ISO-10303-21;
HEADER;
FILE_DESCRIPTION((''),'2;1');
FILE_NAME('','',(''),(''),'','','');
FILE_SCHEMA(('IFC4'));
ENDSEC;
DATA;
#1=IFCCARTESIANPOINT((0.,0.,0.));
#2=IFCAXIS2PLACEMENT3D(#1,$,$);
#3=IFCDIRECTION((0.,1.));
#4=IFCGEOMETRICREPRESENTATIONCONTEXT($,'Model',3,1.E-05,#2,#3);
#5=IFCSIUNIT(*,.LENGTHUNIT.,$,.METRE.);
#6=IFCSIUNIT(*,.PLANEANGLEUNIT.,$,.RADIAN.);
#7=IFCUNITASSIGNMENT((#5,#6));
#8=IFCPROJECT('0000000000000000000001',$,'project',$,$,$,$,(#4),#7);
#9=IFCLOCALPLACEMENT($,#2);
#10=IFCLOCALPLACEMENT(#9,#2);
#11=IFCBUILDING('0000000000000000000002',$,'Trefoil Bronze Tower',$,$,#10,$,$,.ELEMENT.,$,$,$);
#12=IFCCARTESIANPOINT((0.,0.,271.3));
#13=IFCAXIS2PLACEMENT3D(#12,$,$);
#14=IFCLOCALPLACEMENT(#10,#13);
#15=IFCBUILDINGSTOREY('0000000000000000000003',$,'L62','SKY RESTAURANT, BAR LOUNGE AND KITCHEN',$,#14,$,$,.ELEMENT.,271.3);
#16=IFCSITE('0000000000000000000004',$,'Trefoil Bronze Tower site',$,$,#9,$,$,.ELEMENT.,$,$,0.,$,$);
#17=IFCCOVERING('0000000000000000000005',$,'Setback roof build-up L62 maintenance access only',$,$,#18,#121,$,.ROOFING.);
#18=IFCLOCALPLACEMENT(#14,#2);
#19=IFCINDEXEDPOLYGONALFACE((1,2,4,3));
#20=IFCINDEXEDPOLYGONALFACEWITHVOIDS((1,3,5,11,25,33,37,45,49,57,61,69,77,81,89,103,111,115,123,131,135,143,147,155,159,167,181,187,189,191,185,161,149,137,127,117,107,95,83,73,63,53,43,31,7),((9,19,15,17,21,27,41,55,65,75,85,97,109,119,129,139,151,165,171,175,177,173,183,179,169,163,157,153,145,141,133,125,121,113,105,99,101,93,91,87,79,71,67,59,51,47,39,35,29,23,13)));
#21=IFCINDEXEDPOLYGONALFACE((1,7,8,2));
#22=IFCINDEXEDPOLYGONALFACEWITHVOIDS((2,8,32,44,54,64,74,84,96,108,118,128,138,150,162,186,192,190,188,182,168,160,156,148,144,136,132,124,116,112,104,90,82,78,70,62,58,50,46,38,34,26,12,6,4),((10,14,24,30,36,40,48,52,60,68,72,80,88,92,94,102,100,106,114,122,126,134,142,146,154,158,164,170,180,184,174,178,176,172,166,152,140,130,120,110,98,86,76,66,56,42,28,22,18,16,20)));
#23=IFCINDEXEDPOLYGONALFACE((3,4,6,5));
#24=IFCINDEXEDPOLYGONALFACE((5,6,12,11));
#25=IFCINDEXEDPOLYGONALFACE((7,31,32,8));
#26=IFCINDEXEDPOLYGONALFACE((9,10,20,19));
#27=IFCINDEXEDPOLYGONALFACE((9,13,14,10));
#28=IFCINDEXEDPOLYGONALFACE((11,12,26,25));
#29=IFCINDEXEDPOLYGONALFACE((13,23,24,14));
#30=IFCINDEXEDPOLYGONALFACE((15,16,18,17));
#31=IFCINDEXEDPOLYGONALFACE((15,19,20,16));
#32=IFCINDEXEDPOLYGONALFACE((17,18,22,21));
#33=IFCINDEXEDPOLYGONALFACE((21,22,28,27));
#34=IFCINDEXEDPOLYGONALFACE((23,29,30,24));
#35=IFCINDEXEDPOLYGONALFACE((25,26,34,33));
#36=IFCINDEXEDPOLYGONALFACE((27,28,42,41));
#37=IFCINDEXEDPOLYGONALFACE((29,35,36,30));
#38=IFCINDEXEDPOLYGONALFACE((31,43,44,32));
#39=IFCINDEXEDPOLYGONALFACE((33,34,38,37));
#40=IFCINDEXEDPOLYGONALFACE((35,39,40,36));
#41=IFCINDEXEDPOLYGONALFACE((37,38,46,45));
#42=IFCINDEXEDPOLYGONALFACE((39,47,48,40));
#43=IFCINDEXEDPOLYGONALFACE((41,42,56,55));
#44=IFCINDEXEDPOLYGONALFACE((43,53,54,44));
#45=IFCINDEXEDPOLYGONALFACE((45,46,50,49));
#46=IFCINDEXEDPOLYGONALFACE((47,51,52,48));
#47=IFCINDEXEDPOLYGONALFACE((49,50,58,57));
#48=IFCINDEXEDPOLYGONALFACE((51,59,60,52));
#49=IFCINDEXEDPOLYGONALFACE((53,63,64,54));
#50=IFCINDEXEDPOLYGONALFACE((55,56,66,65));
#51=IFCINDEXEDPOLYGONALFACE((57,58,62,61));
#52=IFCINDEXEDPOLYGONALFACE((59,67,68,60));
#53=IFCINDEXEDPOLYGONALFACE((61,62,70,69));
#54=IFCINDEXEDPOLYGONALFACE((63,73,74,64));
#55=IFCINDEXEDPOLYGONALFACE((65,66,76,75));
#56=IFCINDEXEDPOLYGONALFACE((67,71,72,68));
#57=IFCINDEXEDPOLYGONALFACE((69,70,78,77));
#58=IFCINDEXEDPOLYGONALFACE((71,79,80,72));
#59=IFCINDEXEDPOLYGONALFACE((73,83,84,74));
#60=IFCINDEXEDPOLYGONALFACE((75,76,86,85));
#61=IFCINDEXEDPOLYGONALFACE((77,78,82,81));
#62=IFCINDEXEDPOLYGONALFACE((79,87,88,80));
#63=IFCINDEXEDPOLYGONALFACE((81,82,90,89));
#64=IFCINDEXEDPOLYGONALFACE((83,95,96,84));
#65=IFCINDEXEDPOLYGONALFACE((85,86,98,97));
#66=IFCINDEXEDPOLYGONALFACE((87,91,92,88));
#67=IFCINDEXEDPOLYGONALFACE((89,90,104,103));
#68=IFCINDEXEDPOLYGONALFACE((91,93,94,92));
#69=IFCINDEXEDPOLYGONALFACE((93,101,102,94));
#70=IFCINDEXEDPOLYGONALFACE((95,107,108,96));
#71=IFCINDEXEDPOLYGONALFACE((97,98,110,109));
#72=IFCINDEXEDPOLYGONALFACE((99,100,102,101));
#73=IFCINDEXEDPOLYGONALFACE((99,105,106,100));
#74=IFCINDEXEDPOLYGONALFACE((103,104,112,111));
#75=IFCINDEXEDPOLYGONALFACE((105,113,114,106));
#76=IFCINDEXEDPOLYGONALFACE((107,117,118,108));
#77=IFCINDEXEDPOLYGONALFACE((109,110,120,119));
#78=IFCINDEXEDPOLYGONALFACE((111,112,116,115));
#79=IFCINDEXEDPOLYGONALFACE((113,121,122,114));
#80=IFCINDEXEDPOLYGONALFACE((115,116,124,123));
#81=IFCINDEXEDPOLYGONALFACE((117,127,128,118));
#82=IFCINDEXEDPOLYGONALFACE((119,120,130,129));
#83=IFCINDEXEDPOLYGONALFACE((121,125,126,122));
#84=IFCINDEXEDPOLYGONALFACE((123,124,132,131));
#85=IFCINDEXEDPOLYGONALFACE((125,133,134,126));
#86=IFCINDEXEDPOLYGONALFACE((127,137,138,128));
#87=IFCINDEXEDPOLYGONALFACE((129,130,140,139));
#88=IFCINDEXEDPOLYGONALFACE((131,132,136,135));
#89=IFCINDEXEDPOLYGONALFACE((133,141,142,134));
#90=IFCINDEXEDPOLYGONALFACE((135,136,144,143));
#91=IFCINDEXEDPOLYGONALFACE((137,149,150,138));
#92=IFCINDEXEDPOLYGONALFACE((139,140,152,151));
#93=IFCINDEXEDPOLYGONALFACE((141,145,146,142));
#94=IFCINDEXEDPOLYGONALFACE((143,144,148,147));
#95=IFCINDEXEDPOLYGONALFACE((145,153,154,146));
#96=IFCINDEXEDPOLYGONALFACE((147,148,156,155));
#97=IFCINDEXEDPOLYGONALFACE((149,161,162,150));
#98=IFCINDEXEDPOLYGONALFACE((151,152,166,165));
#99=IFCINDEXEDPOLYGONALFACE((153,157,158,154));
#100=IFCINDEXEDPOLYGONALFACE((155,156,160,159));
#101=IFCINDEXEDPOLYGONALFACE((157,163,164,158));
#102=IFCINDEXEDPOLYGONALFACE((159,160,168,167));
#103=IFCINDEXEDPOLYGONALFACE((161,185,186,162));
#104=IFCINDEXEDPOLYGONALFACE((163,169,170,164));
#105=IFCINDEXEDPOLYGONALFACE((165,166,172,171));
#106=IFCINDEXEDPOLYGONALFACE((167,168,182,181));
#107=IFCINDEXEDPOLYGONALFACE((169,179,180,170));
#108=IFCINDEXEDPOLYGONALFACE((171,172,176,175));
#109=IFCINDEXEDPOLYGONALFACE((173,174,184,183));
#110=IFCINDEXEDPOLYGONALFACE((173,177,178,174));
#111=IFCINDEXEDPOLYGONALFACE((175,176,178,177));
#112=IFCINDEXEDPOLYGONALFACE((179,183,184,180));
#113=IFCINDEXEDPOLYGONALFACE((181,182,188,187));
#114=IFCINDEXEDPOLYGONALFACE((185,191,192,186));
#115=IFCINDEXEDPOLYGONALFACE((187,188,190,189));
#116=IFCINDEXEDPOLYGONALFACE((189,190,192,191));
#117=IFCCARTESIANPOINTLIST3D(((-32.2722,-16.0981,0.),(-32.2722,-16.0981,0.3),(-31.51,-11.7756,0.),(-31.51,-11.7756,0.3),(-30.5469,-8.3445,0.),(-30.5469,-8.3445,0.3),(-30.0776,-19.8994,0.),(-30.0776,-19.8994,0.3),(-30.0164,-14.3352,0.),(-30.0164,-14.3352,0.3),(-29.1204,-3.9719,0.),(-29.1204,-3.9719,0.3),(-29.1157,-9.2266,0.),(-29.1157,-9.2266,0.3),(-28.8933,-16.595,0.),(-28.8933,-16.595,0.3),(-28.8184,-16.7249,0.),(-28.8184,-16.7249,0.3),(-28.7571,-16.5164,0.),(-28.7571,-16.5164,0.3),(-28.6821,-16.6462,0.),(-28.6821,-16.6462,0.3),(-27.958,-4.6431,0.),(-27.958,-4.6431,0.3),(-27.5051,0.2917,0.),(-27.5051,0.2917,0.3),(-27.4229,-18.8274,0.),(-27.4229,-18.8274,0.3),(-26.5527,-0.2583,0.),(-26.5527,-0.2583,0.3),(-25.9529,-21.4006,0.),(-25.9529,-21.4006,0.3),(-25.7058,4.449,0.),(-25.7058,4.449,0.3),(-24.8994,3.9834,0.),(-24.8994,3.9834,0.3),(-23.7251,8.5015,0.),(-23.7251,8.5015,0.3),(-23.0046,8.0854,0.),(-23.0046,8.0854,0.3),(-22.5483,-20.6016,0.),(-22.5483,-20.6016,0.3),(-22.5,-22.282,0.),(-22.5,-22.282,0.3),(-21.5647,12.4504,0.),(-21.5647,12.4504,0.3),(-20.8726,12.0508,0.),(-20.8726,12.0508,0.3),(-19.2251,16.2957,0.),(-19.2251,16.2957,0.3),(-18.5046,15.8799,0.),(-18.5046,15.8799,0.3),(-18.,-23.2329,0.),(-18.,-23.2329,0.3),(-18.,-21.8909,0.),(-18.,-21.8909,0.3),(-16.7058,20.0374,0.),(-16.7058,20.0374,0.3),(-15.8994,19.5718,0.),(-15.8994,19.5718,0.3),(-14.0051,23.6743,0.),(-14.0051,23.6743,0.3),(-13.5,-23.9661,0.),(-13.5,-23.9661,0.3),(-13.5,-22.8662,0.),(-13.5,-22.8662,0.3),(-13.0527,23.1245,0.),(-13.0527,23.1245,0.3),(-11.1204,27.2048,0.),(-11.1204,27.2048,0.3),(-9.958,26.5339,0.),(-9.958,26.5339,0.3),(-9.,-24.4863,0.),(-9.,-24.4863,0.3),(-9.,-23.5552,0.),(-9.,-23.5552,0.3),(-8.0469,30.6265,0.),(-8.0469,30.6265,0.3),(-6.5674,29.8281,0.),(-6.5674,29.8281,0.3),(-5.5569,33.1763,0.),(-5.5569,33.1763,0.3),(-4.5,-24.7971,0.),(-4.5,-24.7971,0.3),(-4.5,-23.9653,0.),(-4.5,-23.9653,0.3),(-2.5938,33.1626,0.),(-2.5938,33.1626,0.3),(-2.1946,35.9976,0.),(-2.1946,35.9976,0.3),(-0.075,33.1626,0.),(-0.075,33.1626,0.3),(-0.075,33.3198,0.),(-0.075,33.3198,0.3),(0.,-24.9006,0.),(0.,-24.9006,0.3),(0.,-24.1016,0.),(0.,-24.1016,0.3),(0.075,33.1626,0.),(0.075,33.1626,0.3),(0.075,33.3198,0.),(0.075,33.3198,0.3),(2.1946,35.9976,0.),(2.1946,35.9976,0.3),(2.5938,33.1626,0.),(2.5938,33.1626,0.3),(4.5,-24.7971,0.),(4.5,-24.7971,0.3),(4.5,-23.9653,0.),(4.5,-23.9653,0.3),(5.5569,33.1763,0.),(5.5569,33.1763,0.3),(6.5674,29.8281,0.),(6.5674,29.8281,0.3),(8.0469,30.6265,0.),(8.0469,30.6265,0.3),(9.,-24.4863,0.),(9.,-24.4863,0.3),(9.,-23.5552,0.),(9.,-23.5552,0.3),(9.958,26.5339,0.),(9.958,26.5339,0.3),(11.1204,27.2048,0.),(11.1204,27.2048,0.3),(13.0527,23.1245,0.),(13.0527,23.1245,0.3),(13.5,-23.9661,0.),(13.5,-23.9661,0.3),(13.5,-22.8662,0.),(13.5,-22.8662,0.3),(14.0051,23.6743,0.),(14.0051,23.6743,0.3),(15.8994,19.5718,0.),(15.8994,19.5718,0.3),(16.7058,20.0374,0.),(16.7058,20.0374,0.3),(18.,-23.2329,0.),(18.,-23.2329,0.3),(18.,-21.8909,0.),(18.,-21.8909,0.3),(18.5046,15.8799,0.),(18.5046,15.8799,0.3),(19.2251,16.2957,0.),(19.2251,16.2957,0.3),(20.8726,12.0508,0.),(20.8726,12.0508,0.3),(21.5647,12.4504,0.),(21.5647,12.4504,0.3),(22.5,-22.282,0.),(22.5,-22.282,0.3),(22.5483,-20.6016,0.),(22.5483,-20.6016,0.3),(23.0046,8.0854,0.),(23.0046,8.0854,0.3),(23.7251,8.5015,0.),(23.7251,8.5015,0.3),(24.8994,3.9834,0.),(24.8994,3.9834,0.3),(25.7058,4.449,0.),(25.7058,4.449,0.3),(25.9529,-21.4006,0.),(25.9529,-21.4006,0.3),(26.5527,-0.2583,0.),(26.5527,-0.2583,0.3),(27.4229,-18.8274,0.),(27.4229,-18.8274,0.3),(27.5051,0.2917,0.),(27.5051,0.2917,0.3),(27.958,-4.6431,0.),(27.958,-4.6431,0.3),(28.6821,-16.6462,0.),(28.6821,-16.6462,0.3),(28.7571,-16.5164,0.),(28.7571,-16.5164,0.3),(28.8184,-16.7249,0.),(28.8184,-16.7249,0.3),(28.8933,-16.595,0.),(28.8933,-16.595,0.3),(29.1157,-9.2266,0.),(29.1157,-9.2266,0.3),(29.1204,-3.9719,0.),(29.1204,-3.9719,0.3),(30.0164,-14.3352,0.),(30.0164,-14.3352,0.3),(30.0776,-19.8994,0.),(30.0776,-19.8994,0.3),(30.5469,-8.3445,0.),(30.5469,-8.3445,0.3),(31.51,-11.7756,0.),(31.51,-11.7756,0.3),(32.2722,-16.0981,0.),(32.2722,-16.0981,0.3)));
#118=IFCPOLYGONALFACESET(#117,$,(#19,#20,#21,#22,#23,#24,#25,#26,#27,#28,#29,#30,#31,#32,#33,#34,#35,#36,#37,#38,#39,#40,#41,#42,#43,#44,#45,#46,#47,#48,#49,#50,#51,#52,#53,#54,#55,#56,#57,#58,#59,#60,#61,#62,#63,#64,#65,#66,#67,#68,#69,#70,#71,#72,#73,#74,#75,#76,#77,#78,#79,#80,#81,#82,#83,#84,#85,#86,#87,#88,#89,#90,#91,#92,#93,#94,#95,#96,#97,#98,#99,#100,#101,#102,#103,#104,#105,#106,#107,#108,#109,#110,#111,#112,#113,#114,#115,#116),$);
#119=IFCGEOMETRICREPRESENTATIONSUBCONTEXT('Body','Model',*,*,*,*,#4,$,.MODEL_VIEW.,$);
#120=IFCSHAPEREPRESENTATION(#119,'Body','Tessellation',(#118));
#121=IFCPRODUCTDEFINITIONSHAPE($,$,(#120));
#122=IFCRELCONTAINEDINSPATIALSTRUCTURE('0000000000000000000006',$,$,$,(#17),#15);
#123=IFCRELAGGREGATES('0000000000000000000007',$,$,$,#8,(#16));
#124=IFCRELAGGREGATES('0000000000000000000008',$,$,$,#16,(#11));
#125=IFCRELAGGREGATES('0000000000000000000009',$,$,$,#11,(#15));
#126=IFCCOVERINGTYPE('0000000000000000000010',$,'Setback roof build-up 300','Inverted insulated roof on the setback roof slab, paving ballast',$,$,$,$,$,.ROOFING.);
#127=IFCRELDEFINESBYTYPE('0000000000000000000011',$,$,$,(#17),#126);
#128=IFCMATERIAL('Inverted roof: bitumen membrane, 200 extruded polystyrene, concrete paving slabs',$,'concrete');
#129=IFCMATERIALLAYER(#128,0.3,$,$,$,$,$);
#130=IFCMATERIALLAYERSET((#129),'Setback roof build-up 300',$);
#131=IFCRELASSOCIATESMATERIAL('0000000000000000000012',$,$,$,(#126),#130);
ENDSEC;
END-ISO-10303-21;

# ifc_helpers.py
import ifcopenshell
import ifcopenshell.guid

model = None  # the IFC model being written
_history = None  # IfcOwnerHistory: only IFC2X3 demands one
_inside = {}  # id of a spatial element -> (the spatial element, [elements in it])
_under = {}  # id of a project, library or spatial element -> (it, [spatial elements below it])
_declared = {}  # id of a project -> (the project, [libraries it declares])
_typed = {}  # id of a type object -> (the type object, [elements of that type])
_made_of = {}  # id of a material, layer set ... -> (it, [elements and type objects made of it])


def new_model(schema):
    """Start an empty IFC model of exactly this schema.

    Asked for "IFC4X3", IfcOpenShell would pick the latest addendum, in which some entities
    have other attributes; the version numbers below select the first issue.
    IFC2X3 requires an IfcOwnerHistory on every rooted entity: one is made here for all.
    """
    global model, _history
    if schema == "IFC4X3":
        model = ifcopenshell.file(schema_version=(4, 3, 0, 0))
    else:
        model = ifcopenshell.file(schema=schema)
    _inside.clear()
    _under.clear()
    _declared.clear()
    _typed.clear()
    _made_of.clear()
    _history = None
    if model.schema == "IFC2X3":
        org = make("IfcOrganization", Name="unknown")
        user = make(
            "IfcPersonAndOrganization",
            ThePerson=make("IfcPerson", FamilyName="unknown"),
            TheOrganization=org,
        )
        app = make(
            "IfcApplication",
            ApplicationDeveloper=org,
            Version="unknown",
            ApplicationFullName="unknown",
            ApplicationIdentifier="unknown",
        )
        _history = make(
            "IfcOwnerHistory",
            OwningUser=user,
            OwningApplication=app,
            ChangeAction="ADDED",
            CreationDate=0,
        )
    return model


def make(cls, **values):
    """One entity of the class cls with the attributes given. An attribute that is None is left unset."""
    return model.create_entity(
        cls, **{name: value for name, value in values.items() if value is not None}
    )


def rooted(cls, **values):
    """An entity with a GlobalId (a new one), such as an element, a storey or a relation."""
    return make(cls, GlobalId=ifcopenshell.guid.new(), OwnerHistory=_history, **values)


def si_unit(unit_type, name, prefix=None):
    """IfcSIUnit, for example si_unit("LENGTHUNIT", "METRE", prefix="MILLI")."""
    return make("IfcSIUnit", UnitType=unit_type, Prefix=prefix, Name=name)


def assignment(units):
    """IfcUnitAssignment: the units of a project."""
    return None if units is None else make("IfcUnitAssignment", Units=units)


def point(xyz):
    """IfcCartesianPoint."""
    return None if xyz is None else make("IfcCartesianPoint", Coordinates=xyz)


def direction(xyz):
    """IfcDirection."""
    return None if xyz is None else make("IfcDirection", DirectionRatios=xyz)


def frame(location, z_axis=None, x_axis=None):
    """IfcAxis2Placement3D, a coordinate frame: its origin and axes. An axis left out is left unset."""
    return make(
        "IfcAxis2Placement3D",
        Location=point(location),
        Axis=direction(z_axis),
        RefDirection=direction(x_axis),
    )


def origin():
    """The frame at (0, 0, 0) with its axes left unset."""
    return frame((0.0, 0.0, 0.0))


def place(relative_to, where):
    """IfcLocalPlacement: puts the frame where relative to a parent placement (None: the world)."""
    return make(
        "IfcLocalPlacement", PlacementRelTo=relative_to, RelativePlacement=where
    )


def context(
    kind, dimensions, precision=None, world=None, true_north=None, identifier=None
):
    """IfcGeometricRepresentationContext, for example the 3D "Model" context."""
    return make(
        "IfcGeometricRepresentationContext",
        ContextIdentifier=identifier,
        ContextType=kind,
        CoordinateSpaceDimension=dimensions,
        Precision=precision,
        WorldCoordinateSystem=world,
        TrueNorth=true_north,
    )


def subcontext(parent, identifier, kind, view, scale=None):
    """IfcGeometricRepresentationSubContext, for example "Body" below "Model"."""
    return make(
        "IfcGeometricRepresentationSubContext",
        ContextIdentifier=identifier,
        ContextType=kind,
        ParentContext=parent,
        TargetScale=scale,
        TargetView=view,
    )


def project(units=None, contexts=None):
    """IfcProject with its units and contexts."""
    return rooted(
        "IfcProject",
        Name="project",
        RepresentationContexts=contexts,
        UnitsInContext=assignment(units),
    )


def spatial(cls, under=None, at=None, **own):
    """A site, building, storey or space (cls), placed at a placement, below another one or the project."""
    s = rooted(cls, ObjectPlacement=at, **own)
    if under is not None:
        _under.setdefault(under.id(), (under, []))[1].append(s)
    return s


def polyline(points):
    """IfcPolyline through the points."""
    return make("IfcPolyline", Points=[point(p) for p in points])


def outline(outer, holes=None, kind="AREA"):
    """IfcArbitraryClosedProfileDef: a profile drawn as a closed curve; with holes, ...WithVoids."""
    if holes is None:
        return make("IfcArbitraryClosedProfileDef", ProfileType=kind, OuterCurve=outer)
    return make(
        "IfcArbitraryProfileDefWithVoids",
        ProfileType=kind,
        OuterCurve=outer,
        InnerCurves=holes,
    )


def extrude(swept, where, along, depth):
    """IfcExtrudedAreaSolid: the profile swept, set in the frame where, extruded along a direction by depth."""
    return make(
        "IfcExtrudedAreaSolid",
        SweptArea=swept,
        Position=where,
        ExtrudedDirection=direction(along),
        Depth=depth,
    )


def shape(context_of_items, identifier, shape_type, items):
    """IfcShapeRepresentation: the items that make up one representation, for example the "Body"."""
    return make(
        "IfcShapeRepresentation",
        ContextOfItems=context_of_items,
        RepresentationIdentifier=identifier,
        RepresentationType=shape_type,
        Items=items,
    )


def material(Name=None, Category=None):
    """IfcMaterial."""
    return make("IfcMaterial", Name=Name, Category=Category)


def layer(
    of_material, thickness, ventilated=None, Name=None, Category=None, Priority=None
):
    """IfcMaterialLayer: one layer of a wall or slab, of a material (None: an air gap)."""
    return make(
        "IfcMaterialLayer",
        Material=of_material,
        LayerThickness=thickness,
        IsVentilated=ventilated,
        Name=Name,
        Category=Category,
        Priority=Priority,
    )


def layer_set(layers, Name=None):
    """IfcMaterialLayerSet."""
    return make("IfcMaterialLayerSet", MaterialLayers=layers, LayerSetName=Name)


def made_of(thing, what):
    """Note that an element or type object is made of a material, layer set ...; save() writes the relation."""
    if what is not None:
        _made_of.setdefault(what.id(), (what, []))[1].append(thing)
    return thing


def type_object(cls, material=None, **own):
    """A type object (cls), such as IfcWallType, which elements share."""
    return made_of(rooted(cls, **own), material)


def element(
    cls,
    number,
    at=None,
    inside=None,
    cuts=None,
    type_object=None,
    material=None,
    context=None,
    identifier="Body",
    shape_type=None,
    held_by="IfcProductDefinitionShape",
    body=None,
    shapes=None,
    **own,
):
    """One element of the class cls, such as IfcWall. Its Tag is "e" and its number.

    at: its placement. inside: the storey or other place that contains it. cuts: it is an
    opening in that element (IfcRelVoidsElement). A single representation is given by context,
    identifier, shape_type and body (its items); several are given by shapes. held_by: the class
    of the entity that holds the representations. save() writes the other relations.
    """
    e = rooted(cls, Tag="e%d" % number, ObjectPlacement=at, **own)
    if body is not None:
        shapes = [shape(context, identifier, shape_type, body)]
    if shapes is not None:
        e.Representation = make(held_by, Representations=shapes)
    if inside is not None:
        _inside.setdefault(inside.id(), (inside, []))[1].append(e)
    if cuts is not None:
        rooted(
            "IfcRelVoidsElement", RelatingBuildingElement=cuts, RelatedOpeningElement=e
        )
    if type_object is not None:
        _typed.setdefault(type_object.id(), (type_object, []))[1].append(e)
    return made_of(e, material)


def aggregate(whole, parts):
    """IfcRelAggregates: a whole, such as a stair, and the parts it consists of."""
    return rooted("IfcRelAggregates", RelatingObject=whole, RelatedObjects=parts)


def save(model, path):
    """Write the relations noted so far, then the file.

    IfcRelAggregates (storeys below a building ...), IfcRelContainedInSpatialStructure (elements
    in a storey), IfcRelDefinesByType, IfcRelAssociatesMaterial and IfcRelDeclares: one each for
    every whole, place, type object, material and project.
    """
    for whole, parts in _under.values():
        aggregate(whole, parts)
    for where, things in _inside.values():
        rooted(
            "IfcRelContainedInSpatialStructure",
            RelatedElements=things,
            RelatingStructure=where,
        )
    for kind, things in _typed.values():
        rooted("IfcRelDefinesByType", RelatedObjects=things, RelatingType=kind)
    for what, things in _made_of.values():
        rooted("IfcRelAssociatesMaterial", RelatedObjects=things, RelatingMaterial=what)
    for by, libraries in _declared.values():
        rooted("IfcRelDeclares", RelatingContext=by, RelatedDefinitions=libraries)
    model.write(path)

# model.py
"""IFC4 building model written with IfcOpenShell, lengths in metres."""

from ifc_helpers import new_model, si_unit, direction, frame, origin, place, context, subcontext, project, spatial, polyline, outline, extrude, material, layer, layer_set, type_object, element, save


model = new_model("IFC4")

# Units and contexts
model_context = context("Model", 3, precision=1e-05, world=origin(), true_north=direction((0.0, 1.0)))
body_context = subcontext(model_context, "Body", "Model", "MODEL_VIEW")
ifc_project = project(units=[si_unit("LENGTHUNIT", "METRE"), si_unit("PLANEANGLEUNIT", "RADIAN")], contexts=[model_context])

# Site, building, storey
site_placement = place(None, origin())
site = spatial("IfcSite", under=ifc_project, at=site_placement, Name="Trefoil Bronze Tower site", CompositionType="ELEMENT", RefElevation=0.0)
building_placement = place(site_placement, origin())
building = spatial("IfcBuilding", under=site, at=building_placement, Name="Trefoil Bronze Tower", CompositionType="ELEMENT")
storey_placement = place(building_placement, frame((0.0, 0.0, 271.3)))
storey = spatial("IfcBuildingStorey", under=building, at=storey_placement, Name="L62", Description="SKY RESTAURANT, BAR LOUNGE AND KITCHEN", CompositionType="ELEMENT", Elevation=271.3)

# Covering
ifc_material_1 = material(Name="Inverted roof: bitumen membrane, 200 extruded polystyrene, concrete paving slabs", Category="concrete")
ifc_layer_1 = layer(ifc_material_1, 0.3)
ifc_layer_set_1 = layer_set([ifc_layer_1], Name="Setback roof build-up 300")
covering_type_1 = type_object("IfcCoveringType", Name="Setback roof build-up 300", Description="Inverted insulated roof on the setback roof slab, paving ballast", PredefinedType="ROOFING", material=ifc_layer_set_1)
covering_1_placement = place(storey_placement, origin())
element("IfcCovering", 1, at=covering_1_placement, inside=storey, type_object=covering_type_1, Name="Setback roof build-up L62 maintenance access only", PredefinedType="ROOFING", context=body_context, shape_type="SweptSolid", body=[
    extrude(outline(polyline([(-25.9529, -21.4006), (-30.0776, -19.8994), (-32.2722, -16.0981), (-31.51, -11.7756), (-30.5469, -8.3445), (-29.1204, -3.9719), (-27.5051, 0.2917), (-25.7058, 4.449), (-23.7251, 8.5015), (-21.5647, 12.4504), (-19.2251, 16.2957), (-16.7058, 20.0374), (-14.0051, 23.6743), (-11.1204, 27.2048), (-8.0469, 30.6265), (-5.5569, 33.1763), (-2.1946, 35.9976), (2.1946, 35.9976), (5.5569, 33.1763), (8.0469, 30.6265), (11.1204, 27.2048), (14.0051, 23.6743), (16.7058, 20.0374), (19.2251, 16.2957), (21.5647, 12.4504), (23.7251, 8.5015), (25.7058, 4.449), (27.5051, 0.2917), (29.1204, -3.9719), (30.5469, -8.3445), (31.51, -11.7756), (32.2722, -16.0981), (30.0776, -19.8994), (25.9529, -21.4006), (22.5, -22.282), (18.0, -23.2329), (13.5, -23.9661), (9.0, -24.4863), (4.5, -24.7971), (0.0, -24.9006), (-4.5, -24.7971), (-9.0, -24.4863), (-13.5, -23.9661), (-18.0, -23.2329), (-22.5, -22.282), (-25.9529, -21.4006)]), holes=[polyline([(-4.5, -23.9653), (0.0, -24.1016), (4.5, -23.9653), (9.0, -23.5552), (13.5, -22.8662), (18.0, -21.8909), (22.5483, -20.6016), (27.4229, -18.8274), (28.6821, -16.6462), (28.8184, -16.7249), (28.8933, -16.595), (28.7571, -16.5164), (30.0164, -14.3352), (29.1157, -9.2266), (27.958, -4.6431), (26.5527, -0.2583), (24.8994, 3.9834), (23.0046, 8.0854), (20.8726, 12.0508), (18.5046, 15.8799), (15.8994, 19.5718), (13.0527, 23.1245), (9.958, 26.5339), (6.5674, 29.8281), (2.5938, 33.1626), (0.075, 33.1626), (0.075, 33.3198), (-0.075, 33.3198), (-0.075, 33.1626), (-2.5938, 33.1626), (-6.5674, 29.8281), (-9.958, 26.5339), (-13.0527, 23.1245), (-15.8994, 19.5718), (-18.5046, 15.8799), (-20.8726, 12.0508), (-23.0046, 8.0854), (-24.8994, 3.9834), (-26.5527, -0.2583), (-27.958, -4.6431), (-29.1157, -9.2266), (-30.0164, -14.3352), (-28.7571, -16.5164), (-28.8933, -16.595), (-28.8184, -16.7249), (-28.6821, -16.6462), (-27.4229, -18.8274), (-22.5483, -20.6016), (-18.0, -21.8909), (-13.5, -22.8662), (-9.0, -23.5552), (-4.5, -23.9653)])]), origin(), (0.0, 0.0, 1.0), 0.3),
])

save(model, "model.ifc")
